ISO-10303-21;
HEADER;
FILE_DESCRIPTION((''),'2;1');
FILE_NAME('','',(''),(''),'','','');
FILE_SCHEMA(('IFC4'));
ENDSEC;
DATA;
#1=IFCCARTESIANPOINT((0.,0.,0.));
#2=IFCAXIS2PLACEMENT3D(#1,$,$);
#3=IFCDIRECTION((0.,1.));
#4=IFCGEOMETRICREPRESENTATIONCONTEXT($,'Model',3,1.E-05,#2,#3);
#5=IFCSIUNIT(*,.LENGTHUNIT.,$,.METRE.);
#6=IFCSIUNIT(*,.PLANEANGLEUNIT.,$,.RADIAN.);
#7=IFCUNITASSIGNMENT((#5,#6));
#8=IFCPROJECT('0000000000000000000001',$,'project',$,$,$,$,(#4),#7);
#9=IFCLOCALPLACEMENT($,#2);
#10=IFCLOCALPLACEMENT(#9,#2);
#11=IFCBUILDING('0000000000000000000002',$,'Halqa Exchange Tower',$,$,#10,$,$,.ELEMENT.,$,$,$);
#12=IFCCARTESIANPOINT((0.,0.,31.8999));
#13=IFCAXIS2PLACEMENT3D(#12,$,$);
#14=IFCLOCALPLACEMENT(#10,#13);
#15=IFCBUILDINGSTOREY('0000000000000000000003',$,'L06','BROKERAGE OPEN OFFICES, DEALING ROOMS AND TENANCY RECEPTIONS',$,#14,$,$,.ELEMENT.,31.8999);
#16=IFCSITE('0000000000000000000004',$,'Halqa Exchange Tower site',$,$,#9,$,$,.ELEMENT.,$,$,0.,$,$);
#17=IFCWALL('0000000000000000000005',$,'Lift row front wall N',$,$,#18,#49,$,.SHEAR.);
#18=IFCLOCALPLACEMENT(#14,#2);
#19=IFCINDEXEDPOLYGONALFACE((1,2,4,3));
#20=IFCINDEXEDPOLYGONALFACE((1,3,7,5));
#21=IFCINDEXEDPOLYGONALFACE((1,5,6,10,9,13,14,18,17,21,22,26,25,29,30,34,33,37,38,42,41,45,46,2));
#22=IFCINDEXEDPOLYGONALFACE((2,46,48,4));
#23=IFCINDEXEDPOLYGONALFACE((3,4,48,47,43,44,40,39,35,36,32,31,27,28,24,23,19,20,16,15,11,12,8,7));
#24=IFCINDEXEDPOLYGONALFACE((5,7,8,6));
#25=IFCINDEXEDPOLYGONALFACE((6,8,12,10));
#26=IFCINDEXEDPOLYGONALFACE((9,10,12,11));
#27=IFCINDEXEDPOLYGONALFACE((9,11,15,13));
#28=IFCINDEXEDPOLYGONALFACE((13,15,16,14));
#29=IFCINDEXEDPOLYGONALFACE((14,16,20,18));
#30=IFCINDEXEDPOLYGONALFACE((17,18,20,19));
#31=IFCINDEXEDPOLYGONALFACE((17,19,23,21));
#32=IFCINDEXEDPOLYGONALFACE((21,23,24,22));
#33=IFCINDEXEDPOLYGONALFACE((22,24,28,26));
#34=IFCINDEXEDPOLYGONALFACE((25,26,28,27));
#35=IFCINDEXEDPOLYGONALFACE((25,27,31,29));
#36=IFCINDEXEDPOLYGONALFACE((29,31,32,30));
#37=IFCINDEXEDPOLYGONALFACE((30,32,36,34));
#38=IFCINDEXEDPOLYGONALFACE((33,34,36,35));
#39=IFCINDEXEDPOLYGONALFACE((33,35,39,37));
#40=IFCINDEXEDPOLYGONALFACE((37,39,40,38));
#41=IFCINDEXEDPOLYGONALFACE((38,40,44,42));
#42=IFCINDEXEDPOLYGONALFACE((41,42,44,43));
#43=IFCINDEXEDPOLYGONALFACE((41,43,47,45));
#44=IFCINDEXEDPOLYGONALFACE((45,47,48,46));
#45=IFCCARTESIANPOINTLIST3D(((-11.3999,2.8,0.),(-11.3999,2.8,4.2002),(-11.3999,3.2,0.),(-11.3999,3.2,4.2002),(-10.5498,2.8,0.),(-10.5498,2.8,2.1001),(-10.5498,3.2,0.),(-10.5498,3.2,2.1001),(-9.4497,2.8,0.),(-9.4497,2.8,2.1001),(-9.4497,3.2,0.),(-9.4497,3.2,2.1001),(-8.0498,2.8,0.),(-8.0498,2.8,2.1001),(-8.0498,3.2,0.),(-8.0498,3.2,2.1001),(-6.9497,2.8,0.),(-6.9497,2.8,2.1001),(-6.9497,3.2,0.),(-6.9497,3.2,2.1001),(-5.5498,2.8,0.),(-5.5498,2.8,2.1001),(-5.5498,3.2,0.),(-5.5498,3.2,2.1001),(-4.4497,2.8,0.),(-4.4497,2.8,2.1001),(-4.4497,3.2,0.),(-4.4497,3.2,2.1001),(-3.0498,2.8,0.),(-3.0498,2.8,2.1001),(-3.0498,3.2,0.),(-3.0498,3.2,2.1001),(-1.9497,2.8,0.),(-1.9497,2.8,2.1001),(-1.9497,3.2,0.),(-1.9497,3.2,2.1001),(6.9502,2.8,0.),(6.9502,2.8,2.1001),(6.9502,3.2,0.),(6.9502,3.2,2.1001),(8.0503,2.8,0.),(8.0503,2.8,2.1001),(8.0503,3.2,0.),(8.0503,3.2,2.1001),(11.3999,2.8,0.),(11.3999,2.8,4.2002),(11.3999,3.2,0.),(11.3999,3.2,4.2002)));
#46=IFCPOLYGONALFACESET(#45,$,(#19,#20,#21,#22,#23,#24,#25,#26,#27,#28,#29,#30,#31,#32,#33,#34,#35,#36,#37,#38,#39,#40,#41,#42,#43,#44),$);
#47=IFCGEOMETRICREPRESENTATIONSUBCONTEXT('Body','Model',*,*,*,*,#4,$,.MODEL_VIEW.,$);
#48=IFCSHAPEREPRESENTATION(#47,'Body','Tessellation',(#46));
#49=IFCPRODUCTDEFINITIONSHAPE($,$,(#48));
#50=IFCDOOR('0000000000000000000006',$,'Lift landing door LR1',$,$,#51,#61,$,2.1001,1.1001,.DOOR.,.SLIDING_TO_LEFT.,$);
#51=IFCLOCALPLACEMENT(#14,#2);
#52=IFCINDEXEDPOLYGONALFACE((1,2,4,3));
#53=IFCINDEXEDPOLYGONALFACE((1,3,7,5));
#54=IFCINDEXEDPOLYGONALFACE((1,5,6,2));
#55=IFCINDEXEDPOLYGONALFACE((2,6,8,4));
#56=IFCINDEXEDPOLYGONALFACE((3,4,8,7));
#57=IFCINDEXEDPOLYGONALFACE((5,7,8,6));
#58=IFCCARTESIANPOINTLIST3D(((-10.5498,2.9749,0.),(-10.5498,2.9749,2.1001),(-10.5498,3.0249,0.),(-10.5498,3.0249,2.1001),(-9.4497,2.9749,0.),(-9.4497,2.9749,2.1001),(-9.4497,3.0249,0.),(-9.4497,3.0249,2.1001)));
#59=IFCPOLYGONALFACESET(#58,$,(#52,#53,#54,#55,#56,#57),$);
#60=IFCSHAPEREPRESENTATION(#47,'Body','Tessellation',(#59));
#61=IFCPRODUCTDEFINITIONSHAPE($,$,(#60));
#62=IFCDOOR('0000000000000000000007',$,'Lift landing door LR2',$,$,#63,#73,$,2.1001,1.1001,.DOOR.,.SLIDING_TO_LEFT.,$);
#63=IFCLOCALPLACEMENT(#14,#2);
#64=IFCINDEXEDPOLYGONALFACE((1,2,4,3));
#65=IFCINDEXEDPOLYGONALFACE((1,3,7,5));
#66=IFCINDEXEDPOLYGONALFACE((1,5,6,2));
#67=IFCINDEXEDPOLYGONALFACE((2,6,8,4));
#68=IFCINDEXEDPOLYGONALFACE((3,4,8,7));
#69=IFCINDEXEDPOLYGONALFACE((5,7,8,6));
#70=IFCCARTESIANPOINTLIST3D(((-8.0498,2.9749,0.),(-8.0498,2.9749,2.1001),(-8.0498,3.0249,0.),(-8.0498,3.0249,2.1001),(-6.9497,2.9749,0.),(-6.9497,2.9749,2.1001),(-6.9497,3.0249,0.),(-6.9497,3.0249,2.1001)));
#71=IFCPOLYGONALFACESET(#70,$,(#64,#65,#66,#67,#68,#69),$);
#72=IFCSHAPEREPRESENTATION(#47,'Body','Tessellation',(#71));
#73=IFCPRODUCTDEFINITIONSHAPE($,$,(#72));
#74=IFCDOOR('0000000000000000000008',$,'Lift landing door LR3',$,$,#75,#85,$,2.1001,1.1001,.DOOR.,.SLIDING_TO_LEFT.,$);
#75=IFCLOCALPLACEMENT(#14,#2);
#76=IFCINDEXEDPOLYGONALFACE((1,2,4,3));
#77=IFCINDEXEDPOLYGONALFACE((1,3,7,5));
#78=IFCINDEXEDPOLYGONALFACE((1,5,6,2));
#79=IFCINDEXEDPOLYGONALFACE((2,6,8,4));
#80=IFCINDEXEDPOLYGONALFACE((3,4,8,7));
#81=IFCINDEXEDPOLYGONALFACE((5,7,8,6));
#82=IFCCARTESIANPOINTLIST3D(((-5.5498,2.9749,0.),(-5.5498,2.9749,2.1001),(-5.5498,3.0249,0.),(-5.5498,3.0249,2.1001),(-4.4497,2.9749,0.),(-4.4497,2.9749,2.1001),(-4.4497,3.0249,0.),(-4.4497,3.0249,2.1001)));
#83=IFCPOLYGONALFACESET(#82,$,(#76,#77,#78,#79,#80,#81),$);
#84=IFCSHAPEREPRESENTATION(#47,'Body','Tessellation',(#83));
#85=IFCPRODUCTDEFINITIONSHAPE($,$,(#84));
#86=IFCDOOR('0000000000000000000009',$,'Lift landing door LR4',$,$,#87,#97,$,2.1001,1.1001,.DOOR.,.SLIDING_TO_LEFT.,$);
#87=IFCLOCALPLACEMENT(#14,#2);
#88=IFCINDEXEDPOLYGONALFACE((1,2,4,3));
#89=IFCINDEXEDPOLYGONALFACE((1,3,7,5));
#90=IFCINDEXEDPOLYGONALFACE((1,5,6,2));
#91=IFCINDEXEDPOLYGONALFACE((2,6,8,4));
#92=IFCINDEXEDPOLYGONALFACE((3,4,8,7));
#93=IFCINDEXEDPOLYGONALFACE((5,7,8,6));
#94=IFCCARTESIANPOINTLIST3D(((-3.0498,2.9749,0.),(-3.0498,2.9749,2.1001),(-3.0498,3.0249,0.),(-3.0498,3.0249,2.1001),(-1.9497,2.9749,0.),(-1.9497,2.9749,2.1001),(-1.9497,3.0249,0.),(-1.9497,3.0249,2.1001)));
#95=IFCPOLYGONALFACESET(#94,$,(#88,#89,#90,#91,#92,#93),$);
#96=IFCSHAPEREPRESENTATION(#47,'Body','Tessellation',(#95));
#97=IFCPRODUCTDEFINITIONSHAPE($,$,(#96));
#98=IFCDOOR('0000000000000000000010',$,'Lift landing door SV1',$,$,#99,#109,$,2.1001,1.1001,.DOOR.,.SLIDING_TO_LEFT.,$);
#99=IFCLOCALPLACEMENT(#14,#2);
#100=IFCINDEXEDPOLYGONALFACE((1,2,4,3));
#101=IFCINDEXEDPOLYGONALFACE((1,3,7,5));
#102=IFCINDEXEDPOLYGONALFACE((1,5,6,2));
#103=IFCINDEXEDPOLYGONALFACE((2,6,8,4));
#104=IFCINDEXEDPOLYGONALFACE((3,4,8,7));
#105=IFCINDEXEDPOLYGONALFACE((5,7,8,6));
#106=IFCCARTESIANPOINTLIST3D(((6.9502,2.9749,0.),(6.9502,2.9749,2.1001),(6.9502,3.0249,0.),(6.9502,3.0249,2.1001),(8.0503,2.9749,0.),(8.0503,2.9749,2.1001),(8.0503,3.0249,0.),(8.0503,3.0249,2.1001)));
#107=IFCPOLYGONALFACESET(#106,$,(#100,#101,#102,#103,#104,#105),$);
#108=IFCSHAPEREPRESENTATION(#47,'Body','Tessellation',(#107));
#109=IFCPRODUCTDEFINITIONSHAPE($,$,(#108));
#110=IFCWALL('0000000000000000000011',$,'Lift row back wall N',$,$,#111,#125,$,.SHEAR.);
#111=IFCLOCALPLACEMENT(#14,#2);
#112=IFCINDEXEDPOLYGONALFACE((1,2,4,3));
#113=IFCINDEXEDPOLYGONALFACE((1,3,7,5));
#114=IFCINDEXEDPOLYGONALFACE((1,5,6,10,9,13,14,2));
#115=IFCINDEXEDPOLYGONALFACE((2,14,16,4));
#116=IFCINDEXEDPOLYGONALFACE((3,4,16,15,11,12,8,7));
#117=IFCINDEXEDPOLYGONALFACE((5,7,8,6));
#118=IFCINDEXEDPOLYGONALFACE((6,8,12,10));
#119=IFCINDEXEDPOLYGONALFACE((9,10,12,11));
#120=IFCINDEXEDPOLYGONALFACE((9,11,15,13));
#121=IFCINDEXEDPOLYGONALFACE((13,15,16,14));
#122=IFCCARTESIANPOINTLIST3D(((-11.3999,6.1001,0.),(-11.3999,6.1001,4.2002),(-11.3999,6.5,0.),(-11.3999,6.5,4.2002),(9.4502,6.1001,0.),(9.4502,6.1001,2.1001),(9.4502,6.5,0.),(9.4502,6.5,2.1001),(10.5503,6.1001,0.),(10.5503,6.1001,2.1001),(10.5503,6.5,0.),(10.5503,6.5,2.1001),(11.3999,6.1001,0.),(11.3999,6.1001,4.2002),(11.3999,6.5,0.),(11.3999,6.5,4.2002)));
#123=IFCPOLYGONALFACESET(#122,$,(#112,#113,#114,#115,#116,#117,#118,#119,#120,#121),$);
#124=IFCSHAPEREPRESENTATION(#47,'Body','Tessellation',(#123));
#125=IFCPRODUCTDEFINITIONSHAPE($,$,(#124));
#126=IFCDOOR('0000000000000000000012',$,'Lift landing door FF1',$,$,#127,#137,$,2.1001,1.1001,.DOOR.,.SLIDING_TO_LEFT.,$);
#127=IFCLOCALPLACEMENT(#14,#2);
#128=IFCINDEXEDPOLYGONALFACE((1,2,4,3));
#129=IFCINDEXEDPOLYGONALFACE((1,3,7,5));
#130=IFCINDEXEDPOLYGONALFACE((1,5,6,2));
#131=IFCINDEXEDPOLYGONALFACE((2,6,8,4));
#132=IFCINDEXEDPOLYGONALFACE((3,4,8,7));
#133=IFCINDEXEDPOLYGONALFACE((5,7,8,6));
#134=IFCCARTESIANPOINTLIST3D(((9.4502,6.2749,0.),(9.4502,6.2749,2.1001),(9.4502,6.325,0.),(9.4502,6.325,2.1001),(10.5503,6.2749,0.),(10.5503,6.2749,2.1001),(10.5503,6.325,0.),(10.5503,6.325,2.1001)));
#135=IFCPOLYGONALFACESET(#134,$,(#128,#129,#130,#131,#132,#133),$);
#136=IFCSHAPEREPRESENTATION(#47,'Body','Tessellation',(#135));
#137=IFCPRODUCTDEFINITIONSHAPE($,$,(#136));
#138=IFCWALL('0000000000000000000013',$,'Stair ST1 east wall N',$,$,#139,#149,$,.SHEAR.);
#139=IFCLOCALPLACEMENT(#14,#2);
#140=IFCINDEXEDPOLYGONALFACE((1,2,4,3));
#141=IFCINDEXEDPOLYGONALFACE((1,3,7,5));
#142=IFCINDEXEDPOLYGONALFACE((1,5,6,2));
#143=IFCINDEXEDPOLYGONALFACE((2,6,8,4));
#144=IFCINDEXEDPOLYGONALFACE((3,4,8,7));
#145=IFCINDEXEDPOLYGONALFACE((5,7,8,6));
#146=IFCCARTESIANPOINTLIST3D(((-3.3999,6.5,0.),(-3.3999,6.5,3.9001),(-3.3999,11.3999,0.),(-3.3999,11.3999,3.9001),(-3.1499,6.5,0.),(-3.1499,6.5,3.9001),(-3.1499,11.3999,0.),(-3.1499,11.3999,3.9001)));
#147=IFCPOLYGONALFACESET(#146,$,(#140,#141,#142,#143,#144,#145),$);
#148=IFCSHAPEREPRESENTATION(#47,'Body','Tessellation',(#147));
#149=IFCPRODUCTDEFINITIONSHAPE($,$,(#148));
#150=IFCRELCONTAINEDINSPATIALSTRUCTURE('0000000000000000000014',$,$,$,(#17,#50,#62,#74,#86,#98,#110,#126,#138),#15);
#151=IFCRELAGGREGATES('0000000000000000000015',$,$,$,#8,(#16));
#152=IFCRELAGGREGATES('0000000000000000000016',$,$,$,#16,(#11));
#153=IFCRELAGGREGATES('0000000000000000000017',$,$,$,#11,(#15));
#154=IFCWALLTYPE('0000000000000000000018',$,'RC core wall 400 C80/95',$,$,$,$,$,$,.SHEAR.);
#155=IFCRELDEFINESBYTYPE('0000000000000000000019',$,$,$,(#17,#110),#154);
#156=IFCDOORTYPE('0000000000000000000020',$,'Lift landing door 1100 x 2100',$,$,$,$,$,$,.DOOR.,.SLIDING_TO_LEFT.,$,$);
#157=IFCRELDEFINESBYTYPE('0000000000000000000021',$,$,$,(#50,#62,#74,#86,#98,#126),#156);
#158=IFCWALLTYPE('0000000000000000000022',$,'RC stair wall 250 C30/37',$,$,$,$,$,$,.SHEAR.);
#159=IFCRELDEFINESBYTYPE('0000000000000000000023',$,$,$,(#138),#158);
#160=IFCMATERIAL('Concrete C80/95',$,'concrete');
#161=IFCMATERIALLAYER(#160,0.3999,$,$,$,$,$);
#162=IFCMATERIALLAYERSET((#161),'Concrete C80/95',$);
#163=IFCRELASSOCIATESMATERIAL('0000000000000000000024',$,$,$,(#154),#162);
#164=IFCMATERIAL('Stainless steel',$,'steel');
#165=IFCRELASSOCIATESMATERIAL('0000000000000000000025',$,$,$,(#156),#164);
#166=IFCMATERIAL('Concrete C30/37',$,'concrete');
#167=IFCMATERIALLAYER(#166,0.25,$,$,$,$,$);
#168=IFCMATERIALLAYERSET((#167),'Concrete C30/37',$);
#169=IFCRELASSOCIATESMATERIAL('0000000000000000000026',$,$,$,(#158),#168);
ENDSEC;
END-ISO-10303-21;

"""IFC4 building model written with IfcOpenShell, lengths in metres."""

from ifc_helpers import new_model, si_unit, direction, frame, frame_2d, origin, place, context, subcontext, project, spatial, rectangle, extrude, material, layer, layer_set, type_object, element, fill, save


model = new_model("IFC4")

# Units and contexts
model_context = context("Model", 3, precision=1e-05, world=origin(), true_north=direction((0.0, 1.0)))
body_context = subcontext(model_context, "Body", "Model", "MODEL_VIEW")
ifc_project = project(units=[si_unit("LENGTHUNIT", "METRE"), si_unit("PLANEANGLEUNIT", "RADIAN")], contexts=[model_context])

# Site, building, storey
site_placement = place(None, origin())
site = spatial("IfcSite", under=ifc_project, at=site_placement, Name="Halqa Exchange Tower site", CompositionType="ELEMENT", RefElevation=0.0)
building_placement = place(site_placement, origin())
building = spatial("IfcBuilding", under=site, at=building_placement, Name="Halqa Exchange Tower", CompositionType="ELEMENT")
storey_placement = place(building_placement, frame((0.0, 0.0, 31.8999)))
storey = spatial("IfcBuildingStorey", under=building, at=storey_placement, Name="L06", Description="BROKERAGE OPEN OFFICES, DEALING ROOMS AND TENANCY RECEPTIONS", CompositionType="ELEMENT", Elevation=31.8999)

# Wall, openings, doors
ifc_material_1 = material(Name="Concrete C80/95", Category="concrete")
ifc_layer_1 = layer(ifc_material_1, 0.3999)
ifc_layer_set_1 = layer_set([ifc_layer_1], Name="Concrete C80/95")
wall_type_1 = type_object("IfcWallType", Name="RC core wall 400 C80/95", PredefinedType="SHEAR", material=ifc_layer_set_1)
wall_1_placement = place(storey_placement, frame((-11.3999, 3.0, 0.0), z_axis=(0.0, 0.0, 1.0), x_axis=(1.0, 0.0, 0.0)))
wall_1 = element("IfcWall", 1, at=wall_1_placement, inside=storey, type_object=wall_type_1, Name="Lift row front wall N", PredefinedType="SHEAR", context=body_context, shape_type="SweptSolid", body=[
    extrude(rectangle(XDim=22.7998, YDim=0.3999, at=frame_2d((11.3999, 0.0))), origin(), (0.0, 0.0, 1.0), 4.2002),
])
opening_1_placement = place(wall_1_placement, frame((0.8501, 0.0, 0.0)))
opening_1 = element("IfcOpeningElement", 2, at=opening_1_placement, cuts=wall_1, PredefinedType="OPENING", context=body_context, shape_type="SweptSolid", body=[
    extrude(rectangle(XDim=1.1001, YDim=2.1001, at=frame_2d((0.55, 1.05))), frame((0.0, 0.2119, 0.0), z_axis=(0.0, -1.0, 0.0), x_axis=(1.0, 0.0, 0.0)), (0.0, 0.0, 1.0), 0.4238),
])
opening_2_placement = place(wall_1_placement, frame((3.3501, 0.0, 0.0)))
opening_2 = element("IfcOpeningElement", 3, at=opening_2_placement, cuts=wall_1, PredefinedType="OPENING", context=body_context, shape_type="SweptSolid", body=[
    extrude(rectangle(XDim=1.1001, YDim=2.1001, at=frame_2d((0.55, 1.05))), frame((0.0, 0.2119, 0.0), z_axis=(0.0, -1.0, 0.0), x_axis=(1.0, 0.0, 0.0)), (0.0, 0.0, 1.0), 0.4238),
])
opening_3_placement = place(wall_1_placement, frame((5.8501, 0.0, 0.0)))
opening_3 = element("IfcOpeningElement", 4, at=opening_3_placement, cuts=wall_1, PredefinedType="OPENING", context=body_context, shape_type="SweptSolid", body=[
    extrude(rectangle(XDim=1.1001, YDim=2.1001, at=frame_2d((0.55, 1.05))), frame((0.0, 0.2119, 0.0), z_axis=(0.0, -1.0, 0.0), x_axis=(1.0, 0.0, 0.0)), (0.0, 0.0, 1.0), 0.4238),
])
opening_4_placement = place(wall_1_placement, frame((8.3501, 0.0, 0.0)))
opening_4 = element("IfcOpeningElement", 5, at=opening_4_placement, cuts=wall_1, PredefinedType="OPENING", context=body_context, shape_type="SweptSolid", body=[
    extrude(rectangle(XDim=1.1001, YDim=2.1001, at=frame_2d((0.55, 1.05))), frame((0.0, 0.2119, 0.0), z_axis=(0.0, -1.0, 0.0), x_axis=(1.0, 0.0, 0.0)), (0.0, 0.0, 1.0), 0.4238),
])
opening_5_placement = place(wall_1_placement, frame((18.3501, 0.0, 0.0)))
opening_5 = element("IfcOpeningElement", 6, at=opening_5_placement, cuts=wall_1, PredefinedType="OPENING", context=body_context, shape_type="SweptSolid", body=[
    extrude(rectangle(XDim=1.1001, YDim=2.1001, at=frame_2d((0.55, 1.05))), frame((0.0, 0.2119, 0.0), z_axis=(0.0, -1.0, 0.0), x_axis=(1.0, 0.0, 0.0)), (0.0, 0.0, 1.0), 0.4238),
])
ifc_material_2 = material(Name="Stainless steel", Category="steel")
door_type = type_object("IfcDoorType", Name="Lift landing door 1100 x 2100", OperationType="SLIDING_TO_LEFT", PredefinedType="DOOR", material=ifc_material_2)
door_1_placement = place(opening_1_placement, origin())
door_1 = element("IfcDoor", 7, at=door_1_placement, inside=storey, type_object=door_type, Name="Lift landing door LR1", OperationType="SLIDING_TO_LEFT", OverallHeight=2.1001, OverallWidth=1.1001, PredefinedType="DOOR", context=body_context, shape_type="SweptSolid", body=[
    extrude(rectangle(XDim=1.1001, YDim=2.1001, at=frame_2d((0.55, 1.05))), frame((0.0, 0.0249, 0.0), z_axis=(0.0, -1.0, 0.0), x_axis=(1.0, 0.0, 0.0)), (0.0, 0.0, 1.0), 0.05),
])
fill(opening_1, door_1)
door_2_placement = place(opening_2_placement, origin())
door_2 = element("IfcDoor", 8, at=door_2_placement, inside=storey, type_object=door_type, Name="Lift landing door LR2", OperationType="SLIDING_TO_LEFT", OverallHeight=2.1001, OverallWidth=1.1001, PredefinedType="DOOR", context=body_context, shape_type="SweptSolid", body=[
    extrude(rectangle(XDim=1.1001, YDim=2.1001, at=frame_2d((0.55, 1.05))), frame((0.0, 0.0249, 0.0), z_axis=(0.0, -1.0, 0.0), x_axis=(1.0, 0.0, 0.0)), (0.0, 0.0, 1.0), 0.05),
])
fill(opening_2, door_2)
door_3_placement = place(opening_3_placement, origin())
door_3 = element("IfcDoor", 9, at=door_3_placement, inside=storey, type_object=door_type, Name="Lift landing door LR3", OperationType="SLIDING_TO_LEFT", OverallHeight=2.1001, OverallWidth=1.1001, PredefinedType="DOOR", context=body_context, shape_type="SweptSolid", body=[
    extrude(rectangle(XDim=1.1001, YDim=2.1001, at=frame_2d((0.55, 1.05))), frame((0.0, 0.0249, 0.0), z_axis=(0.0, -1.0, 0.0), x_axis=(1.0, 0.0, 0.0)), (0.0, 0.0, 1.0), 0.05),
])
fill(opening_3, door_3)
door_4_placement = place(opening_4_placement, origin())
door_4 = element("IfcDoor", 10, at=door_4_placement, inside=storey, type_object=door_type, Name="Lift landing door LR4", OperationType="SLIDING_TO_LEFT", OverallHeight=2.1001, OverallWidth=1.1001, PredefinedType="DOOR", context=body_context, shape_type="SweptSolid", body=[
    extrude(rectangle(XDim=1.1001, YDim=2.1001, at=frame_2d((0.55, 1.05))), frame((0.0, 0.0249, 0.0), z_axis=(0.0, -1.0, 0.0), x_axis=(1.0, 0.0, 0.0)), (0.0, 0.0, 1.0), 0.05),
])
fill(opening_4, door_4)
door_5_placement = place(opening_5_placement, origin())
door_5 = element("IfcDoor", 11, at=door_5_placement, inside=storey, type_object=door_type, Name="Lift landing door SV1", OperationType="SLIDING_TO_LEFT", OverallHeight=2.1001, OverallWidth=1.1001, PredefinedType="DOOR", context=body_context, shape_type="SweptSolid", body=[
    extrude(rectangle(XDim=1.1001, YDim=2.1001, at=frame_2d((0.55, 1.05))), frame((0.0, 0.0249, 0.0), z_axis=(0.0, -1.0, 0.0), x_axis=(1.0, 0.0, 0.0)), (0.0, 0.0, 1.0), 0.05),
])
fill(opening_5, door_5)

# Wall, opening, door
wall_2_placement = place(storey_placement, frame((-11.3999, 6.3, 0.0), z_axis=(0.0, 0.0, 1.0), x_axis=(1.0, 0.0, 0.0)))
wall_2 = element("IfcWall", 12, at=wall_2_placement, inside=storey, type_object=wall_type_1, Name="Lift row back wall N", PredefinedType="SHEAR", context=body_context, shape_type="SweptSolid", body=[
    extrude(rectangle(XDim=22.7998, YDim=0.3999, at=frame_2d((11.3999, 0.0))), origin(), (0.0, 0.0, 1.0), 4.2002),
])
opening_6_placement = place(wall_2_placement, frame((20.8501, 0.0, 0.0)))
opening_6 = element("IfcOpeningElement", 13, at=opening_6_placement, cuts=wall_2, PredefinedType="OPENING", context=body_context, shape_type="SweptSolid", body=[
    extrude(rectangle(XDim=1.1001, YDim=2.1001, at=frame_2d((0.55, 1.05))), frame((0.0, 0.2119, 0.0), z_axis=(0.0, -1.0, 0.0), x_axis=(1.0, 0.0, 0.0)), (0.0, 0.0, 1.0), 0.4238),
])
door_6_placement = place(opening_6_placement, origin())
door_6 = element("IfcDoor", 14, at=door_6_placement, inside=storey, type_object=door_type, Name="Lift landing door FF1", OperationType="SLIDING_TO_LEFT", OverallHeight=2.1001, OverallWidth=1.1001, PredefinedType="DOOR", context=body_context, shape_type="SweptSolid", body=[
    extrude(rectangle(XDim=1.1001, YDim=2.1001, at=frame_2d((0.55, 1.05))), frame((0.0, 0.0249, 0.0), z_axis=(0.0, -1.0, 0.0), x_axis=(1.0, 0.0, 0.0)), (0.0, 0.0, 1.0), 0.05),
])
fill(opening_6, door_6)

# Wall
ifc_material_3 = material(Name="Concrete C30/37", Category="concrete")
ifc_layer_2 = layer(ifc_material_3, 0.25)
ifc_layer_set_2 = layer_set([ifc_layer_2], Name="Concrete C30/37")
wall_type_2 = type_object("IfcWallType", Name="RC stair wall 250 C30/37", PredefinedType="SHEAR", material=ifc_layer_set_2)
wall_3_placement = place(storey_placement, frame((-3.2749, 6.5, 0.0), z_axis=(0.0, 0.0, 1.0), x_axis=(0.0, 1.0, 0.0)))
element("IfcWall", 15, at=wall_3_placement, inside=storey, type_object=wall_type_2, Name="Stair ST1 east wall N", PredefinedType="SHEAR", context=body_context, shape_type="SweptSolid", body=[
    extrude(rectangle(XDim=4.8999, YDim=0.25, at=frame_2d((2.45, 0.0))), origin(), (0.0, 0.0, 1.0), 3.9001),
])

save(model, "model.ifc")
